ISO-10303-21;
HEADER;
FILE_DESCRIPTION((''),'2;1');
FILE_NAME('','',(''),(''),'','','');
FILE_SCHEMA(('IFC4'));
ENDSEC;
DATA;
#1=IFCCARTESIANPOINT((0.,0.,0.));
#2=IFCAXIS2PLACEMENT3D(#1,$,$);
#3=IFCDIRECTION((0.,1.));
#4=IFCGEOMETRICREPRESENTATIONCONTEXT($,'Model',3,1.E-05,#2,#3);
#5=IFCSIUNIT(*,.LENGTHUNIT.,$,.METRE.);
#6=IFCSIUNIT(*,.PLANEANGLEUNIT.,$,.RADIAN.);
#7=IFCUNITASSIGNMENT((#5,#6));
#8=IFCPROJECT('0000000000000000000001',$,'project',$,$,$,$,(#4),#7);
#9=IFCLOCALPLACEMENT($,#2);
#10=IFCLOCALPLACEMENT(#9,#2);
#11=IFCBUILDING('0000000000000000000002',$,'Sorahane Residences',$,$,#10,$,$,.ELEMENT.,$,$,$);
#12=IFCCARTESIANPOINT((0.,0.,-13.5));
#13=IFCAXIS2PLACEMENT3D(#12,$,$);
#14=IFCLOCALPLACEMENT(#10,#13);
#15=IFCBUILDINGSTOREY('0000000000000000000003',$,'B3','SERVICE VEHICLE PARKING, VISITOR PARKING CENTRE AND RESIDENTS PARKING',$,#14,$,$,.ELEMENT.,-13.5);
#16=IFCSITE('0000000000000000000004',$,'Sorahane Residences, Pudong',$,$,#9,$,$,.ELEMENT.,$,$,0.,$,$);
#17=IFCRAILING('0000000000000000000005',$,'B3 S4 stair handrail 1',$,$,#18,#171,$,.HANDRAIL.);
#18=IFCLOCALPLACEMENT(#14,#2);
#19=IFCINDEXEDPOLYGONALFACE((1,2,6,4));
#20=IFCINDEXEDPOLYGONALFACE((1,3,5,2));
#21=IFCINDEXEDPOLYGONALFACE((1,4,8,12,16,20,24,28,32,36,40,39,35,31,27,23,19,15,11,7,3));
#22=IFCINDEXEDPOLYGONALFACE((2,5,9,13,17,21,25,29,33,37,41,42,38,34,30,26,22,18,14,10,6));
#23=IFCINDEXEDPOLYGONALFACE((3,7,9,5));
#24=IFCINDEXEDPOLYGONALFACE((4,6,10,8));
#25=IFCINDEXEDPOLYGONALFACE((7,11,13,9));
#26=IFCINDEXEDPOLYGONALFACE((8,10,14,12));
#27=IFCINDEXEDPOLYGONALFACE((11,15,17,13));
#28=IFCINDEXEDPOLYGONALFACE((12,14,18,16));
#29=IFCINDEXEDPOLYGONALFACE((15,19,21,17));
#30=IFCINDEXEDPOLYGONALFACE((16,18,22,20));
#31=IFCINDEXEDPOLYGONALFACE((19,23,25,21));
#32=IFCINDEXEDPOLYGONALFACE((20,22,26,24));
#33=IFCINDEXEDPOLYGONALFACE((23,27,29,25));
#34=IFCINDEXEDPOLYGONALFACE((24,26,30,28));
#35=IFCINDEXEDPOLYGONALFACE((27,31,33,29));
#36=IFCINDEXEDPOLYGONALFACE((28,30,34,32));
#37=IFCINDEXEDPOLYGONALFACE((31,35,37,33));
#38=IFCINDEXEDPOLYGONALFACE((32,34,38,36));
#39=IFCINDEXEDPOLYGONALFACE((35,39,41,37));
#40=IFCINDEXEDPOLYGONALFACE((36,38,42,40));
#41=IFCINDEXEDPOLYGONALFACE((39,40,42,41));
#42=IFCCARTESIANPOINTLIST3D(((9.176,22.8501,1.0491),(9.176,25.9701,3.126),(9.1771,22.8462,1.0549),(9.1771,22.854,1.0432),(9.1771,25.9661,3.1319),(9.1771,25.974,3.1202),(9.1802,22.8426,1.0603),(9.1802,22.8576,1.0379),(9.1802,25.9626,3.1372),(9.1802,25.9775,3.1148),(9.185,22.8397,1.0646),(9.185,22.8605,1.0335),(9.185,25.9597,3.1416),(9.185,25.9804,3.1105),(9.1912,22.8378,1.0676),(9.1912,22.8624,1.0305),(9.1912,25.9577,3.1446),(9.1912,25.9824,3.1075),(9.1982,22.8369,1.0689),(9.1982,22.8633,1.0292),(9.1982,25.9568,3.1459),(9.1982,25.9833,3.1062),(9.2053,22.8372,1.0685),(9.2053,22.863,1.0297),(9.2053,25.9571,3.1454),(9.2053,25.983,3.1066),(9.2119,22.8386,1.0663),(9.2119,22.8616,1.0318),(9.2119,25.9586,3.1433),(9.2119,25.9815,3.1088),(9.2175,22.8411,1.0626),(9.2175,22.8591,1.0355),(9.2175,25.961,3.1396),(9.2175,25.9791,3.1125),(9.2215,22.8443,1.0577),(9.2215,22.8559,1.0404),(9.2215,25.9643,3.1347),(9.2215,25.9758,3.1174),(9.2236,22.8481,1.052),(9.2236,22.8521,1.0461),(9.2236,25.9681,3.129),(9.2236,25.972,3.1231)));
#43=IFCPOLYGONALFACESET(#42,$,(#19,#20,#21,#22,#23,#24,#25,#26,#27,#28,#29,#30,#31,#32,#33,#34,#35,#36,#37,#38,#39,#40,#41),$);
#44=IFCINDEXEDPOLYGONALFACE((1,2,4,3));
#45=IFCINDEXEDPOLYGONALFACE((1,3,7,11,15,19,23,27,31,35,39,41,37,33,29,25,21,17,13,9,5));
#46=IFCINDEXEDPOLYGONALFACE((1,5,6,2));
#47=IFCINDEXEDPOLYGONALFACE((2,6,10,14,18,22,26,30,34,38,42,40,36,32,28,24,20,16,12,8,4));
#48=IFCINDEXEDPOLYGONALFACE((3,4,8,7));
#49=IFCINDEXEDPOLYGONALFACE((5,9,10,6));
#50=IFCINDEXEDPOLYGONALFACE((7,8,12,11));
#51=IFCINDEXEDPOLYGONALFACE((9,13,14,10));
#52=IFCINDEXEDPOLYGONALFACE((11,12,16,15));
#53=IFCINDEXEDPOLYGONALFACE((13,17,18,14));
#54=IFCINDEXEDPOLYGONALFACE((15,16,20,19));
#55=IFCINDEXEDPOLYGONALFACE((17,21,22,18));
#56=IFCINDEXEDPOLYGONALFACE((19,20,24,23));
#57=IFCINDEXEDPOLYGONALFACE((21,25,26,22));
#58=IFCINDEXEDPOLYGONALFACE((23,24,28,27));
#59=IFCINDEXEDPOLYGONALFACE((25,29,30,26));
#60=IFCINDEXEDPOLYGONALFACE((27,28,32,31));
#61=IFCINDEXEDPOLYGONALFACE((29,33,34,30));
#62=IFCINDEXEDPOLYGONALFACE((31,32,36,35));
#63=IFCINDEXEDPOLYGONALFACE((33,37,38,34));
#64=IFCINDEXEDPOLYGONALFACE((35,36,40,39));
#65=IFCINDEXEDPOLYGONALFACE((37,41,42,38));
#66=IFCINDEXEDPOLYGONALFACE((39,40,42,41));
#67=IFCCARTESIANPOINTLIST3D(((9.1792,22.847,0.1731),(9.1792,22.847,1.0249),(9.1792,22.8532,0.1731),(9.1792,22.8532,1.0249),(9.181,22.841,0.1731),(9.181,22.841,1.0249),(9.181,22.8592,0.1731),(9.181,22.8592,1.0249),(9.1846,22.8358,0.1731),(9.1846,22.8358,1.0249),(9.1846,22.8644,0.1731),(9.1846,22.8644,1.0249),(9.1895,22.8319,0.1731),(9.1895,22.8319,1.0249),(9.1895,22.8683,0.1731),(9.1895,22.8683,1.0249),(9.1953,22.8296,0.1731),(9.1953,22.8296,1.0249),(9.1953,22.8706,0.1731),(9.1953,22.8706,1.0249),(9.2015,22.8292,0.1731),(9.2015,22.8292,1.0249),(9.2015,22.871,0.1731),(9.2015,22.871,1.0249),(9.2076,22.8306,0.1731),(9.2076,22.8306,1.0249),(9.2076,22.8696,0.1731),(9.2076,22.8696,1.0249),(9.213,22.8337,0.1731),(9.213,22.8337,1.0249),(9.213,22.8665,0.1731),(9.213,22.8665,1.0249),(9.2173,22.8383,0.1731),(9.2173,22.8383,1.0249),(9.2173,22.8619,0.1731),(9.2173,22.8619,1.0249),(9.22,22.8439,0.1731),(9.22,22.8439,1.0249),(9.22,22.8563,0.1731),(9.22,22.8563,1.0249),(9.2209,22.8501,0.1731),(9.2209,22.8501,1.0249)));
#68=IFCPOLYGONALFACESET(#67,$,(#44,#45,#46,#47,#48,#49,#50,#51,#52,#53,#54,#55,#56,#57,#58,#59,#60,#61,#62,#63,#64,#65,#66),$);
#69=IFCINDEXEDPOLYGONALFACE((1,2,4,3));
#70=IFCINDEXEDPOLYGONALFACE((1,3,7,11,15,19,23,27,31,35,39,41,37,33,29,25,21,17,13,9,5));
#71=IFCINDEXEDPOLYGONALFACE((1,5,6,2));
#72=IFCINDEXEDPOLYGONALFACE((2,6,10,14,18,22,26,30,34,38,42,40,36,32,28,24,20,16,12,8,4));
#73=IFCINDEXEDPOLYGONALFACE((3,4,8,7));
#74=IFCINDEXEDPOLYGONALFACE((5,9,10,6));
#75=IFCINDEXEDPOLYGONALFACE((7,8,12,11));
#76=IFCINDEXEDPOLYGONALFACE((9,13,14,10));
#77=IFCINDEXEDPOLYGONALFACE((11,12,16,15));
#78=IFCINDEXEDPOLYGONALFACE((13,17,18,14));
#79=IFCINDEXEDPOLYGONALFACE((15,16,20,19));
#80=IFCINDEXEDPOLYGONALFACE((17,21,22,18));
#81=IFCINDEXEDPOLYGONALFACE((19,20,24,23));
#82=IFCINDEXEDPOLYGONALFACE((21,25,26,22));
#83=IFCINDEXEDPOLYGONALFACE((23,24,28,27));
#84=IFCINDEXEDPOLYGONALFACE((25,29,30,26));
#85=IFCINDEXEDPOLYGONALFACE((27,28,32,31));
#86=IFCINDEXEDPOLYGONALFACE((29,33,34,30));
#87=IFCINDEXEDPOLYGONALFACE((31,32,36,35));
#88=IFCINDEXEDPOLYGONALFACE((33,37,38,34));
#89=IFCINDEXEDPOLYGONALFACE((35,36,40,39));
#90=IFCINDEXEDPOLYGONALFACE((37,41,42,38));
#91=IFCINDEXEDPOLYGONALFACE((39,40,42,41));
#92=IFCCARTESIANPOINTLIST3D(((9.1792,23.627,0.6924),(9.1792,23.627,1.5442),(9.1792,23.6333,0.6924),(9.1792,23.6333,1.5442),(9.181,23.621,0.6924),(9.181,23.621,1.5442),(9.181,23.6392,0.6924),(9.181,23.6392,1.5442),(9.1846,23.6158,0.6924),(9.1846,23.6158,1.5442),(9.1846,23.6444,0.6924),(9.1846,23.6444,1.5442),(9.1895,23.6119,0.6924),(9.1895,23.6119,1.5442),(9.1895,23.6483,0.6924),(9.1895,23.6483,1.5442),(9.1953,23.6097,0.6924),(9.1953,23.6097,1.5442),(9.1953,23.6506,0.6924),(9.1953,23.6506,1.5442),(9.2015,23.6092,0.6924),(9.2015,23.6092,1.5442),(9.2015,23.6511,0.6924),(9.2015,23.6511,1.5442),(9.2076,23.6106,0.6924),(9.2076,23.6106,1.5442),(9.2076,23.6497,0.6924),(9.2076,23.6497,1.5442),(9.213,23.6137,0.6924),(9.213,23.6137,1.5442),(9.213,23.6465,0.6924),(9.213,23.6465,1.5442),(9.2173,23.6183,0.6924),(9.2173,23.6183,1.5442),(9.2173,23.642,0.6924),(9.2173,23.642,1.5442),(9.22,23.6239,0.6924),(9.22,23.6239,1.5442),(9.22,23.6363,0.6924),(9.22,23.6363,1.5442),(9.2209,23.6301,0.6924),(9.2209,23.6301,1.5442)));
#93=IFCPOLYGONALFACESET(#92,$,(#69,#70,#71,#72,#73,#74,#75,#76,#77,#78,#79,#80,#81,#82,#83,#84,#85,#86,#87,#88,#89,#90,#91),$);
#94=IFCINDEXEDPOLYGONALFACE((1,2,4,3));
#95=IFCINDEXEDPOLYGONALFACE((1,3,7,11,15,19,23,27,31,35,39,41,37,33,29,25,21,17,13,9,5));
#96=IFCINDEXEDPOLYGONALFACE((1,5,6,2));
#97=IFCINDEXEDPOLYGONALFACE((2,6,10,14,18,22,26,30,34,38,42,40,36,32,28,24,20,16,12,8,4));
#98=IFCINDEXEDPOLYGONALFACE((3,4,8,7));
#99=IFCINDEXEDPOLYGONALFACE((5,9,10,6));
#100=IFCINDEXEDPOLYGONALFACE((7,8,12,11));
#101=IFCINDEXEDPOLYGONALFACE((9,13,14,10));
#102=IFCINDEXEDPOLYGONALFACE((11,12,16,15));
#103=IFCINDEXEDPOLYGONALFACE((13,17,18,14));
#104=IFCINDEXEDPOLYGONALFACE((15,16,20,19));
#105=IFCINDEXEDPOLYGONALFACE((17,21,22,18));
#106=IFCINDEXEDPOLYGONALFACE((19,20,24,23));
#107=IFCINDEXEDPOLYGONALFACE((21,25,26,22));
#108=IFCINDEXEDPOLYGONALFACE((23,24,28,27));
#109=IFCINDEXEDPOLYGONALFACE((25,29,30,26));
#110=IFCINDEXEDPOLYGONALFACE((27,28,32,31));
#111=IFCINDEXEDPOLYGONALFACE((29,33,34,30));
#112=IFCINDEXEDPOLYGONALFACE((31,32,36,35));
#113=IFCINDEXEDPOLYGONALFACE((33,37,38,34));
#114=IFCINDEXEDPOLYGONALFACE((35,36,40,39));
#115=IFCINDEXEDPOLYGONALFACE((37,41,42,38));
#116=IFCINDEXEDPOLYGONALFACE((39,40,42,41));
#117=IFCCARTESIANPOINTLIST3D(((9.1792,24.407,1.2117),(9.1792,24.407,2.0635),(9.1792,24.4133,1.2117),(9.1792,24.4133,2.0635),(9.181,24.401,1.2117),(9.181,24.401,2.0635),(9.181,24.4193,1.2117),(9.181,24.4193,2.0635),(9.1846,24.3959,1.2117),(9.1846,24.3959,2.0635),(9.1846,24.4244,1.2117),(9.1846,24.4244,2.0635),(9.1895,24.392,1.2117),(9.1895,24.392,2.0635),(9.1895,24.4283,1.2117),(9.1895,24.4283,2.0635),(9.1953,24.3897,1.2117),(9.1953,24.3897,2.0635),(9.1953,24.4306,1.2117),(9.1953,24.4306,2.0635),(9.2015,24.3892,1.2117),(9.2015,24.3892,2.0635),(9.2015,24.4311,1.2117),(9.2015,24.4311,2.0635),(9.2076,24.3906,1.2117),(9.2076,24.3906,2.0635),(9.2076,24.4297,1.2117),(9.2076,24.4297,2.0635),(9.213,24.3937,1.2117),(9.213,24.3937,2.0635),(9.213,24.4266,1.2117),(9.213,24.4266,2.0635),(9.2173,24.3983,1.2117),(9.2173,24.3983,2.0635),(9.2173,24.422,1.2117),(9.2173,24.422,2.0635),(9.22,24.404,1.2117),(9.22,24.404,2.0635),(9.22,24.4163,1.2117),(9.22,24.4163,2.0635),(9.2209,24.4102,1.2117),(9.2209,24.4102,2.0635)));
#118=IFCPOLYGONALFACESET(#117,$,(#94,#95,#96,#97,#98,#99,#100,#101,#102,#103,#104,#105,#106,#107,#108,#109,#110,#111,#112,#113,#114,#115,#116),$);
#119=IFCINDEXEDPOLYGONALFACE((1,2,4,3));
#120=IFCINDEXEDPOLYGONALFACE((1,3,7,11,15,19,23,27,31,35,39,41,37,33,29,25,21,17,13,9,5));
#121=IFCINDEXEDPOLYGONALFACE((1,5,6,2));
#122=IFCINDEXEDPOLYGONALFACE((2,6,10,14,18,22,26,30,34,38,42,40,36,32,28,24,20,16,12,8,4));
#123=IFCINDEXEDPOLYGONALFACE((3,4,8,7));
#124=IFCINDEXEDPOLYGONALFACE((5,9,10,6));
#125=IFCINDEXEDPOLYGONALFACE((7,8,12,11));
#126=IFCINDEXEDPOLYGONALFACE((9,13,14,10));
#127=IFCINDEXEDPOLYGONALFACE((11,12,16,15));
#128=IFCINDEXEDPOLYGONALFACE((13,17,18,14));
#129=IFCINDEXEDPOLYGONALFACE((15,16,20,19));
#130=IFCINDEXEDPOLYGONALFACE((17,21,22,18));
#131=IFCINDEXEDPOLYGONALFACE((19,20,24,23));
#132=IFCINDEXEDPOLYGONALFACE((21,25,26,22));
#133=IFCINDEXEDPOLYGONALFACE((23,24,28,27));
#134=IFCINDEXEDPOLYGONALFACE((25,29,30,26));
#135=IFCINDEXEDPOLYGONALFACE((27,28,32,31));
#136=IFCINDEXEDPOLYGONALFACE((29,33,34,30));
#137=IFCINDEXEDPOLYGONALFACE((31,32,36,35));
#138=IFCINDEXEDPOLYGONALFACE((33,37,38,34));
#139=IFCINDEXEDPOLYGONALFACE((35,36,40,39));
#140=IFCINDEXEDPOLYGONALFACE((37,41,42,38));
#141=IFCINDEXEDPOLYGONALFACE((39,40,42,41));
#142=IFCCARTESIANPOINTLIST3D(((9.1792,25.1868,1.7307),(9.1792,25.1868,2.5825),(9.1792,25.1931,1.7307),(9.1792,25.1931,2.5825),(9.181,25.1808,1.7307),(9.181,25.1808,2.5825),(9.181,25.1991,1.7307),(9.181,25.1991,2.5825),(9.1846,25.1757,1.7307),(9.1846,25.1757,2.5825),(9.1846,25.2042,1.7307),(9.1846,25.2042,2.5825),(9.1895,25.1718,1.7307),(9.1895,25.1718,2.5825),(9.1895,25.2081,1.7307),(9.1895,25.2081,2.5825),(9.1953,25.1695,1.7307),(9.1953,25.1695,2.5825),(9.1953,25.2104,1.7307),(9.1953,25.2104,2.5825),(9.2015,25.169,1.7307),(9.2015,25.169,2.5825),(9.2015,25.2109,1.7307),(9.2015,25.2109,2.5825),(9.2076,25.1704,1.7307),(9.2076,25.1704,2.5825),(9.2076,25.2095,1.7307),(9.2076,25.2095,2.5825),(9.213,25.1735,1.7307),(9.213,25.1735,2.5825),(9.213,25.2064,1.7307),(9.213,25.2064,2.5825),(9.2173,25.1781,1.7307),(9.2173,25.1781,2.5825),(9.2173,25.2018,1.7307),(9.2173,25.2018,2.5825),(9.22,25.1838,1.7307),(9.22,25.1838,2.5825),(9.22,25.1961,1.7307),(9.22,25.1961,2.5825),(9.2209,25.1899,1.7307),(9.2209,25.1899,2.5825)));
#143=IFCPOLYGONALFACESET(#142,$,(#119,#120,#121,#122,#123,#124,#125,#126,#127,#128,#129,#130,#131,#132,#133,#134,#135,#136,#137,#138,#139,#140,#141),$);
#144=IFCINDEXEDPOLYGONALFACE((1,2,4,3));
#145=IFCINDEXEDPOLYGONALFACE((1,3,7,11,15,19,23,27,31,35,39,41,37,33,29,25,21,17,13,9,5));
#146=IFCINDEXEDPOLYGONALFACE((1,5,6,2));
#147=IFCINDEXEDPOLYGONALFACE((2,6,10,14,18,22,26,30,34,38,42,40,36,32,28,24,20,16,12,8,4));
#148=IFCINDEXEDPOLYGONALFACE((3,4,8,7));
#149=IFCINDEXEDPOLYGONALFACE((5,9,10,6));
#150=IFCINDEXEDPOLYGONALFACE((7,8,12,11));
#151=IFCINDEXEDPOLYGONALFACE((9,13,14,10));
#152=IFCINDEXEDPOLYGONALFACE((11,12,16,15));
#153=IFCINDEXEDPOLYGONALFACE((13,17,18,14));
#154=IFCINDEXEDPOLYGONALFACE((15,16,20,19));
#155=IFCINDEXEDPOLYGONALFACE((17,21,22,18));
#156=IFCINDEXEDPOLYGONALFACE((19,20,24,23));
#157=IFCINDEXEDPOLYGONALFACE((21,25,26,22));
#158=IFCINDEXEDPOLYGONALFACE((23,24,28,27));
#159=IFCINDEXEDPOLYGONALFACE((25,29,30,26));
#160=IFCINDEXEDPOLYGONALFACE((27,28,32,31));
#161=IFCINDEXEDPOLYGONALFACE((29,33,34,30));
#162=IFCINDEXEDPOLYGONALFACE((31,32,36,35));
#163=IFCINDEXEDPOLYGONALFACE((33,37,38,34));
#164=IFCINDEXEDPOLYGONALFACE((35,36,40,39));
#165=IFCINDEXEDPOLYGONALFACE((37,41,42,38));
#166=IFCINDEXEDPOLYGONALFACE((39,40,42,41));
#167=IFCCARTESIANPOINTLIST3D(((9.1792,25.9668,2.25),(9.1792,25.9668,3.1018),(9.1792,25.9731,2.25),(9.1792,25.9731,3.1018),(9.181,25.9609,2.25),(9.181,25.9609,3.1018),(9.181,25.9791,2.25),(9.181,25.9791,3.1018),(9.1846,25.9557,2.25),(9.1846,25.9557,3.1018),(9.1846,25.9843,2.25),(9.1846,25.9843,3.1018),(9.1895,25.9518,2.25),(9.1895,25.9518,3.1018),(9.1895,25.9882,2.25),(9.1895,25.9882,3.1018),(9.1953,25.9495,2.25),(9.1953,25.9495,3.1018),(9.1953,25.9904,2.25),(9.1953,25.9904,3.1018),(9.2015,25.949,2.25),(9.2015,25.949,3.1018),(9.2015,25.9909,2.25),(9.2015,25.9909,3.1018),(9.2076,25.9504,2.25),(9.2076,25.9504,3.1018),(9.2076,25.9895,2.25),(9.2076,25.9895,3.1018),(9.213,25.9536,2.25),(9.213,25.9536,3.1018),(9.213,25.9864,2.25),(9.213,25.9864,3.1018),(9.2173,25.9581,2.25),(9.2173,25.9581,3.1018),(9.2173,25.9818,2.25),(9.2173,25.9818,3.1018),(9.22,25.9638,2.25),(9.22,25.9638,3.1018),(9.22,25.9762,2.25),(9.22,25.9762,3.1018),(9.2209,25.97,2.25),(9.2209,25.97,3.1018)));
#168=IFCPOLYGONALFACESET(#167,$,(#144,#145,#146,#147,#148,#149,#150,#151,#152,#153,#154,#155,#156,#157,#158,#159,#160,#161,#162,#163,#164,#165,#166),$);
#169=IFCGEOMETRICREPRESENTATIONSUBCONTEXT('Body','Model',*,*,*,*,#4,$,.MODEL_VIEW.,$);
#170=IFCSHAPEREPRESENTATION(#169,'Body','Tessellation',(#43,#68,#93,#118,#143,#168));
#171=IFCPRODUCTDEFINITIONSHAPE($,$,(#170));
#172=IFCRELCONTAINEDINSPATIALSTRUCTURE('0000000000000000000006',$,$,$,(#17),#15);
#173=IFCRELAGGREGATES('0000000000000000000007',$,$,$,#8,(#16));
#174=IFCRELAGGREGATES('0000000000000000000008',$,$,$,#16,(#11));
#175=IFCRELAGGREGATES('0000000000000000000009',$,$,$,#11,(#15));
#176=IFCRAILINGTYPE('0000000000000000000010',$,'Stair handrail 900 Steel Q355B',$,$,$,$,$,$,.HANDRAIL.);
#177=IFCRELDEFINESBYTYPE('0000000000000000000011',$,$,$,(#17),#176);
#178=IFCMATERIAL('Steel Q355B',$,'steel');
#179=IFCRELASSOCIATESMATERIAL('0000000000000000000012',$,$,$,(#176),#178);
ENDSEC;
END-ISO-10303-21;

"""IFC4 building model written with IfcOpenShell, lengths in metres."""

from ifc_helpers import new_model, si_unit, direction, frame, origin, origin_2d, place, context, subcontext, project, spatial, circle, extrude, material, type_object, element, save


model = new_model("IFC4")

# Units and contexts
model_context = context("Model", 3, precision=1e-05, world=origin(), true_north=direction((0.0, 1.0)))
body_context = subcontext(model_context, "Body", "Model", "MODEL_VIEW")
ifc_project = project(units=[si_unit("LENGTHUNIT", "METRE"), si_unit("PLANEANGLEUNIT", "RADIAN")], contexts=[model_context])

# Site, building, storey
site_placement = place(None, origin())
site = spatial("IfcSite", under=ifc_project, at=site_placement, Name="Sorahane Residences, Pudong", CompositionType="ELEMENT", RefElevation=0.0)
building_placement = place(site_placement, origin())
building = spatial("IfcBuilding", under=site, at=building_placement, Name="Sorahane Residences", CompositionType="ELEMENT")
storey_placement = place(building_placement, frame((0.0, 0.0, -13.5)))
storey = spatial("IfcBuildingStorey", under=building, at=storey_placement, Name="B3", Description="SERVICE VEHICLE PARKING, VISITOR PARKING CENTRE AND RESIDENTS PARKING", CompositionType="ELEMENT", Elevation=-13.5)

# Railing
ifc_material_1 = material(Name="Steel Q355B", Category="steel")
railing_type_1 = type_object("IfcRailingType", Name="Stair handrail 900 Steel Q355B", PredefinedType="HANDRAIL", material=ifc_material_1)
railing_1_placement = place(storey_placement, frame((9.2, 22.8501, 0.1731)))
element("IfcRailing", 1, at=railing_1_placement, inside=storey, type_object=railing_type_1, Name="B3 S4 stair handrail 1", PredefinedType="HANDRAIL", context=body_context, shape_type="SweptSolid", body=[
    extrude(circle(Radius=0.0239, at=origin_2d()), frame((0.0, 0.0, 0.876), z_axis=(0.0, 0.832421, 0.554144), x_axis=(-1.0, 0.0, 0.0)), (0.0, 0.0, 1.0), 3.748),
    extrude(circle(Radius=0.021, at=origin_2d()), origin(), (0.0, 0.0, 1.0), 0.8518),
    extrude(circle(Radius=0.021, at=origin_2d()), frame((0.0, 0.78, 0.5193)), (0.0, 0.0, 1.0), 0.8518),
    extrude(circle(Radius=0.021, at=origin_2d()), frame((0.0, 1.5601, 1.0386)), (0.0, 0.0, 1.0), 0.8518),
    extrude(circle(Radius=0.021, at=origin_2d()), frame((0.0, 2.3398, 1.5576)), (0.0, 0.0, 1.0), 0.8518),
    extrude(circle(Radius=0.021, at=origin_2d()), frame((0.0, 3.1199, 2.0769)), (0.0, 0.0, 1.0), 0.8518),
])

save(model, "model.ifc")
